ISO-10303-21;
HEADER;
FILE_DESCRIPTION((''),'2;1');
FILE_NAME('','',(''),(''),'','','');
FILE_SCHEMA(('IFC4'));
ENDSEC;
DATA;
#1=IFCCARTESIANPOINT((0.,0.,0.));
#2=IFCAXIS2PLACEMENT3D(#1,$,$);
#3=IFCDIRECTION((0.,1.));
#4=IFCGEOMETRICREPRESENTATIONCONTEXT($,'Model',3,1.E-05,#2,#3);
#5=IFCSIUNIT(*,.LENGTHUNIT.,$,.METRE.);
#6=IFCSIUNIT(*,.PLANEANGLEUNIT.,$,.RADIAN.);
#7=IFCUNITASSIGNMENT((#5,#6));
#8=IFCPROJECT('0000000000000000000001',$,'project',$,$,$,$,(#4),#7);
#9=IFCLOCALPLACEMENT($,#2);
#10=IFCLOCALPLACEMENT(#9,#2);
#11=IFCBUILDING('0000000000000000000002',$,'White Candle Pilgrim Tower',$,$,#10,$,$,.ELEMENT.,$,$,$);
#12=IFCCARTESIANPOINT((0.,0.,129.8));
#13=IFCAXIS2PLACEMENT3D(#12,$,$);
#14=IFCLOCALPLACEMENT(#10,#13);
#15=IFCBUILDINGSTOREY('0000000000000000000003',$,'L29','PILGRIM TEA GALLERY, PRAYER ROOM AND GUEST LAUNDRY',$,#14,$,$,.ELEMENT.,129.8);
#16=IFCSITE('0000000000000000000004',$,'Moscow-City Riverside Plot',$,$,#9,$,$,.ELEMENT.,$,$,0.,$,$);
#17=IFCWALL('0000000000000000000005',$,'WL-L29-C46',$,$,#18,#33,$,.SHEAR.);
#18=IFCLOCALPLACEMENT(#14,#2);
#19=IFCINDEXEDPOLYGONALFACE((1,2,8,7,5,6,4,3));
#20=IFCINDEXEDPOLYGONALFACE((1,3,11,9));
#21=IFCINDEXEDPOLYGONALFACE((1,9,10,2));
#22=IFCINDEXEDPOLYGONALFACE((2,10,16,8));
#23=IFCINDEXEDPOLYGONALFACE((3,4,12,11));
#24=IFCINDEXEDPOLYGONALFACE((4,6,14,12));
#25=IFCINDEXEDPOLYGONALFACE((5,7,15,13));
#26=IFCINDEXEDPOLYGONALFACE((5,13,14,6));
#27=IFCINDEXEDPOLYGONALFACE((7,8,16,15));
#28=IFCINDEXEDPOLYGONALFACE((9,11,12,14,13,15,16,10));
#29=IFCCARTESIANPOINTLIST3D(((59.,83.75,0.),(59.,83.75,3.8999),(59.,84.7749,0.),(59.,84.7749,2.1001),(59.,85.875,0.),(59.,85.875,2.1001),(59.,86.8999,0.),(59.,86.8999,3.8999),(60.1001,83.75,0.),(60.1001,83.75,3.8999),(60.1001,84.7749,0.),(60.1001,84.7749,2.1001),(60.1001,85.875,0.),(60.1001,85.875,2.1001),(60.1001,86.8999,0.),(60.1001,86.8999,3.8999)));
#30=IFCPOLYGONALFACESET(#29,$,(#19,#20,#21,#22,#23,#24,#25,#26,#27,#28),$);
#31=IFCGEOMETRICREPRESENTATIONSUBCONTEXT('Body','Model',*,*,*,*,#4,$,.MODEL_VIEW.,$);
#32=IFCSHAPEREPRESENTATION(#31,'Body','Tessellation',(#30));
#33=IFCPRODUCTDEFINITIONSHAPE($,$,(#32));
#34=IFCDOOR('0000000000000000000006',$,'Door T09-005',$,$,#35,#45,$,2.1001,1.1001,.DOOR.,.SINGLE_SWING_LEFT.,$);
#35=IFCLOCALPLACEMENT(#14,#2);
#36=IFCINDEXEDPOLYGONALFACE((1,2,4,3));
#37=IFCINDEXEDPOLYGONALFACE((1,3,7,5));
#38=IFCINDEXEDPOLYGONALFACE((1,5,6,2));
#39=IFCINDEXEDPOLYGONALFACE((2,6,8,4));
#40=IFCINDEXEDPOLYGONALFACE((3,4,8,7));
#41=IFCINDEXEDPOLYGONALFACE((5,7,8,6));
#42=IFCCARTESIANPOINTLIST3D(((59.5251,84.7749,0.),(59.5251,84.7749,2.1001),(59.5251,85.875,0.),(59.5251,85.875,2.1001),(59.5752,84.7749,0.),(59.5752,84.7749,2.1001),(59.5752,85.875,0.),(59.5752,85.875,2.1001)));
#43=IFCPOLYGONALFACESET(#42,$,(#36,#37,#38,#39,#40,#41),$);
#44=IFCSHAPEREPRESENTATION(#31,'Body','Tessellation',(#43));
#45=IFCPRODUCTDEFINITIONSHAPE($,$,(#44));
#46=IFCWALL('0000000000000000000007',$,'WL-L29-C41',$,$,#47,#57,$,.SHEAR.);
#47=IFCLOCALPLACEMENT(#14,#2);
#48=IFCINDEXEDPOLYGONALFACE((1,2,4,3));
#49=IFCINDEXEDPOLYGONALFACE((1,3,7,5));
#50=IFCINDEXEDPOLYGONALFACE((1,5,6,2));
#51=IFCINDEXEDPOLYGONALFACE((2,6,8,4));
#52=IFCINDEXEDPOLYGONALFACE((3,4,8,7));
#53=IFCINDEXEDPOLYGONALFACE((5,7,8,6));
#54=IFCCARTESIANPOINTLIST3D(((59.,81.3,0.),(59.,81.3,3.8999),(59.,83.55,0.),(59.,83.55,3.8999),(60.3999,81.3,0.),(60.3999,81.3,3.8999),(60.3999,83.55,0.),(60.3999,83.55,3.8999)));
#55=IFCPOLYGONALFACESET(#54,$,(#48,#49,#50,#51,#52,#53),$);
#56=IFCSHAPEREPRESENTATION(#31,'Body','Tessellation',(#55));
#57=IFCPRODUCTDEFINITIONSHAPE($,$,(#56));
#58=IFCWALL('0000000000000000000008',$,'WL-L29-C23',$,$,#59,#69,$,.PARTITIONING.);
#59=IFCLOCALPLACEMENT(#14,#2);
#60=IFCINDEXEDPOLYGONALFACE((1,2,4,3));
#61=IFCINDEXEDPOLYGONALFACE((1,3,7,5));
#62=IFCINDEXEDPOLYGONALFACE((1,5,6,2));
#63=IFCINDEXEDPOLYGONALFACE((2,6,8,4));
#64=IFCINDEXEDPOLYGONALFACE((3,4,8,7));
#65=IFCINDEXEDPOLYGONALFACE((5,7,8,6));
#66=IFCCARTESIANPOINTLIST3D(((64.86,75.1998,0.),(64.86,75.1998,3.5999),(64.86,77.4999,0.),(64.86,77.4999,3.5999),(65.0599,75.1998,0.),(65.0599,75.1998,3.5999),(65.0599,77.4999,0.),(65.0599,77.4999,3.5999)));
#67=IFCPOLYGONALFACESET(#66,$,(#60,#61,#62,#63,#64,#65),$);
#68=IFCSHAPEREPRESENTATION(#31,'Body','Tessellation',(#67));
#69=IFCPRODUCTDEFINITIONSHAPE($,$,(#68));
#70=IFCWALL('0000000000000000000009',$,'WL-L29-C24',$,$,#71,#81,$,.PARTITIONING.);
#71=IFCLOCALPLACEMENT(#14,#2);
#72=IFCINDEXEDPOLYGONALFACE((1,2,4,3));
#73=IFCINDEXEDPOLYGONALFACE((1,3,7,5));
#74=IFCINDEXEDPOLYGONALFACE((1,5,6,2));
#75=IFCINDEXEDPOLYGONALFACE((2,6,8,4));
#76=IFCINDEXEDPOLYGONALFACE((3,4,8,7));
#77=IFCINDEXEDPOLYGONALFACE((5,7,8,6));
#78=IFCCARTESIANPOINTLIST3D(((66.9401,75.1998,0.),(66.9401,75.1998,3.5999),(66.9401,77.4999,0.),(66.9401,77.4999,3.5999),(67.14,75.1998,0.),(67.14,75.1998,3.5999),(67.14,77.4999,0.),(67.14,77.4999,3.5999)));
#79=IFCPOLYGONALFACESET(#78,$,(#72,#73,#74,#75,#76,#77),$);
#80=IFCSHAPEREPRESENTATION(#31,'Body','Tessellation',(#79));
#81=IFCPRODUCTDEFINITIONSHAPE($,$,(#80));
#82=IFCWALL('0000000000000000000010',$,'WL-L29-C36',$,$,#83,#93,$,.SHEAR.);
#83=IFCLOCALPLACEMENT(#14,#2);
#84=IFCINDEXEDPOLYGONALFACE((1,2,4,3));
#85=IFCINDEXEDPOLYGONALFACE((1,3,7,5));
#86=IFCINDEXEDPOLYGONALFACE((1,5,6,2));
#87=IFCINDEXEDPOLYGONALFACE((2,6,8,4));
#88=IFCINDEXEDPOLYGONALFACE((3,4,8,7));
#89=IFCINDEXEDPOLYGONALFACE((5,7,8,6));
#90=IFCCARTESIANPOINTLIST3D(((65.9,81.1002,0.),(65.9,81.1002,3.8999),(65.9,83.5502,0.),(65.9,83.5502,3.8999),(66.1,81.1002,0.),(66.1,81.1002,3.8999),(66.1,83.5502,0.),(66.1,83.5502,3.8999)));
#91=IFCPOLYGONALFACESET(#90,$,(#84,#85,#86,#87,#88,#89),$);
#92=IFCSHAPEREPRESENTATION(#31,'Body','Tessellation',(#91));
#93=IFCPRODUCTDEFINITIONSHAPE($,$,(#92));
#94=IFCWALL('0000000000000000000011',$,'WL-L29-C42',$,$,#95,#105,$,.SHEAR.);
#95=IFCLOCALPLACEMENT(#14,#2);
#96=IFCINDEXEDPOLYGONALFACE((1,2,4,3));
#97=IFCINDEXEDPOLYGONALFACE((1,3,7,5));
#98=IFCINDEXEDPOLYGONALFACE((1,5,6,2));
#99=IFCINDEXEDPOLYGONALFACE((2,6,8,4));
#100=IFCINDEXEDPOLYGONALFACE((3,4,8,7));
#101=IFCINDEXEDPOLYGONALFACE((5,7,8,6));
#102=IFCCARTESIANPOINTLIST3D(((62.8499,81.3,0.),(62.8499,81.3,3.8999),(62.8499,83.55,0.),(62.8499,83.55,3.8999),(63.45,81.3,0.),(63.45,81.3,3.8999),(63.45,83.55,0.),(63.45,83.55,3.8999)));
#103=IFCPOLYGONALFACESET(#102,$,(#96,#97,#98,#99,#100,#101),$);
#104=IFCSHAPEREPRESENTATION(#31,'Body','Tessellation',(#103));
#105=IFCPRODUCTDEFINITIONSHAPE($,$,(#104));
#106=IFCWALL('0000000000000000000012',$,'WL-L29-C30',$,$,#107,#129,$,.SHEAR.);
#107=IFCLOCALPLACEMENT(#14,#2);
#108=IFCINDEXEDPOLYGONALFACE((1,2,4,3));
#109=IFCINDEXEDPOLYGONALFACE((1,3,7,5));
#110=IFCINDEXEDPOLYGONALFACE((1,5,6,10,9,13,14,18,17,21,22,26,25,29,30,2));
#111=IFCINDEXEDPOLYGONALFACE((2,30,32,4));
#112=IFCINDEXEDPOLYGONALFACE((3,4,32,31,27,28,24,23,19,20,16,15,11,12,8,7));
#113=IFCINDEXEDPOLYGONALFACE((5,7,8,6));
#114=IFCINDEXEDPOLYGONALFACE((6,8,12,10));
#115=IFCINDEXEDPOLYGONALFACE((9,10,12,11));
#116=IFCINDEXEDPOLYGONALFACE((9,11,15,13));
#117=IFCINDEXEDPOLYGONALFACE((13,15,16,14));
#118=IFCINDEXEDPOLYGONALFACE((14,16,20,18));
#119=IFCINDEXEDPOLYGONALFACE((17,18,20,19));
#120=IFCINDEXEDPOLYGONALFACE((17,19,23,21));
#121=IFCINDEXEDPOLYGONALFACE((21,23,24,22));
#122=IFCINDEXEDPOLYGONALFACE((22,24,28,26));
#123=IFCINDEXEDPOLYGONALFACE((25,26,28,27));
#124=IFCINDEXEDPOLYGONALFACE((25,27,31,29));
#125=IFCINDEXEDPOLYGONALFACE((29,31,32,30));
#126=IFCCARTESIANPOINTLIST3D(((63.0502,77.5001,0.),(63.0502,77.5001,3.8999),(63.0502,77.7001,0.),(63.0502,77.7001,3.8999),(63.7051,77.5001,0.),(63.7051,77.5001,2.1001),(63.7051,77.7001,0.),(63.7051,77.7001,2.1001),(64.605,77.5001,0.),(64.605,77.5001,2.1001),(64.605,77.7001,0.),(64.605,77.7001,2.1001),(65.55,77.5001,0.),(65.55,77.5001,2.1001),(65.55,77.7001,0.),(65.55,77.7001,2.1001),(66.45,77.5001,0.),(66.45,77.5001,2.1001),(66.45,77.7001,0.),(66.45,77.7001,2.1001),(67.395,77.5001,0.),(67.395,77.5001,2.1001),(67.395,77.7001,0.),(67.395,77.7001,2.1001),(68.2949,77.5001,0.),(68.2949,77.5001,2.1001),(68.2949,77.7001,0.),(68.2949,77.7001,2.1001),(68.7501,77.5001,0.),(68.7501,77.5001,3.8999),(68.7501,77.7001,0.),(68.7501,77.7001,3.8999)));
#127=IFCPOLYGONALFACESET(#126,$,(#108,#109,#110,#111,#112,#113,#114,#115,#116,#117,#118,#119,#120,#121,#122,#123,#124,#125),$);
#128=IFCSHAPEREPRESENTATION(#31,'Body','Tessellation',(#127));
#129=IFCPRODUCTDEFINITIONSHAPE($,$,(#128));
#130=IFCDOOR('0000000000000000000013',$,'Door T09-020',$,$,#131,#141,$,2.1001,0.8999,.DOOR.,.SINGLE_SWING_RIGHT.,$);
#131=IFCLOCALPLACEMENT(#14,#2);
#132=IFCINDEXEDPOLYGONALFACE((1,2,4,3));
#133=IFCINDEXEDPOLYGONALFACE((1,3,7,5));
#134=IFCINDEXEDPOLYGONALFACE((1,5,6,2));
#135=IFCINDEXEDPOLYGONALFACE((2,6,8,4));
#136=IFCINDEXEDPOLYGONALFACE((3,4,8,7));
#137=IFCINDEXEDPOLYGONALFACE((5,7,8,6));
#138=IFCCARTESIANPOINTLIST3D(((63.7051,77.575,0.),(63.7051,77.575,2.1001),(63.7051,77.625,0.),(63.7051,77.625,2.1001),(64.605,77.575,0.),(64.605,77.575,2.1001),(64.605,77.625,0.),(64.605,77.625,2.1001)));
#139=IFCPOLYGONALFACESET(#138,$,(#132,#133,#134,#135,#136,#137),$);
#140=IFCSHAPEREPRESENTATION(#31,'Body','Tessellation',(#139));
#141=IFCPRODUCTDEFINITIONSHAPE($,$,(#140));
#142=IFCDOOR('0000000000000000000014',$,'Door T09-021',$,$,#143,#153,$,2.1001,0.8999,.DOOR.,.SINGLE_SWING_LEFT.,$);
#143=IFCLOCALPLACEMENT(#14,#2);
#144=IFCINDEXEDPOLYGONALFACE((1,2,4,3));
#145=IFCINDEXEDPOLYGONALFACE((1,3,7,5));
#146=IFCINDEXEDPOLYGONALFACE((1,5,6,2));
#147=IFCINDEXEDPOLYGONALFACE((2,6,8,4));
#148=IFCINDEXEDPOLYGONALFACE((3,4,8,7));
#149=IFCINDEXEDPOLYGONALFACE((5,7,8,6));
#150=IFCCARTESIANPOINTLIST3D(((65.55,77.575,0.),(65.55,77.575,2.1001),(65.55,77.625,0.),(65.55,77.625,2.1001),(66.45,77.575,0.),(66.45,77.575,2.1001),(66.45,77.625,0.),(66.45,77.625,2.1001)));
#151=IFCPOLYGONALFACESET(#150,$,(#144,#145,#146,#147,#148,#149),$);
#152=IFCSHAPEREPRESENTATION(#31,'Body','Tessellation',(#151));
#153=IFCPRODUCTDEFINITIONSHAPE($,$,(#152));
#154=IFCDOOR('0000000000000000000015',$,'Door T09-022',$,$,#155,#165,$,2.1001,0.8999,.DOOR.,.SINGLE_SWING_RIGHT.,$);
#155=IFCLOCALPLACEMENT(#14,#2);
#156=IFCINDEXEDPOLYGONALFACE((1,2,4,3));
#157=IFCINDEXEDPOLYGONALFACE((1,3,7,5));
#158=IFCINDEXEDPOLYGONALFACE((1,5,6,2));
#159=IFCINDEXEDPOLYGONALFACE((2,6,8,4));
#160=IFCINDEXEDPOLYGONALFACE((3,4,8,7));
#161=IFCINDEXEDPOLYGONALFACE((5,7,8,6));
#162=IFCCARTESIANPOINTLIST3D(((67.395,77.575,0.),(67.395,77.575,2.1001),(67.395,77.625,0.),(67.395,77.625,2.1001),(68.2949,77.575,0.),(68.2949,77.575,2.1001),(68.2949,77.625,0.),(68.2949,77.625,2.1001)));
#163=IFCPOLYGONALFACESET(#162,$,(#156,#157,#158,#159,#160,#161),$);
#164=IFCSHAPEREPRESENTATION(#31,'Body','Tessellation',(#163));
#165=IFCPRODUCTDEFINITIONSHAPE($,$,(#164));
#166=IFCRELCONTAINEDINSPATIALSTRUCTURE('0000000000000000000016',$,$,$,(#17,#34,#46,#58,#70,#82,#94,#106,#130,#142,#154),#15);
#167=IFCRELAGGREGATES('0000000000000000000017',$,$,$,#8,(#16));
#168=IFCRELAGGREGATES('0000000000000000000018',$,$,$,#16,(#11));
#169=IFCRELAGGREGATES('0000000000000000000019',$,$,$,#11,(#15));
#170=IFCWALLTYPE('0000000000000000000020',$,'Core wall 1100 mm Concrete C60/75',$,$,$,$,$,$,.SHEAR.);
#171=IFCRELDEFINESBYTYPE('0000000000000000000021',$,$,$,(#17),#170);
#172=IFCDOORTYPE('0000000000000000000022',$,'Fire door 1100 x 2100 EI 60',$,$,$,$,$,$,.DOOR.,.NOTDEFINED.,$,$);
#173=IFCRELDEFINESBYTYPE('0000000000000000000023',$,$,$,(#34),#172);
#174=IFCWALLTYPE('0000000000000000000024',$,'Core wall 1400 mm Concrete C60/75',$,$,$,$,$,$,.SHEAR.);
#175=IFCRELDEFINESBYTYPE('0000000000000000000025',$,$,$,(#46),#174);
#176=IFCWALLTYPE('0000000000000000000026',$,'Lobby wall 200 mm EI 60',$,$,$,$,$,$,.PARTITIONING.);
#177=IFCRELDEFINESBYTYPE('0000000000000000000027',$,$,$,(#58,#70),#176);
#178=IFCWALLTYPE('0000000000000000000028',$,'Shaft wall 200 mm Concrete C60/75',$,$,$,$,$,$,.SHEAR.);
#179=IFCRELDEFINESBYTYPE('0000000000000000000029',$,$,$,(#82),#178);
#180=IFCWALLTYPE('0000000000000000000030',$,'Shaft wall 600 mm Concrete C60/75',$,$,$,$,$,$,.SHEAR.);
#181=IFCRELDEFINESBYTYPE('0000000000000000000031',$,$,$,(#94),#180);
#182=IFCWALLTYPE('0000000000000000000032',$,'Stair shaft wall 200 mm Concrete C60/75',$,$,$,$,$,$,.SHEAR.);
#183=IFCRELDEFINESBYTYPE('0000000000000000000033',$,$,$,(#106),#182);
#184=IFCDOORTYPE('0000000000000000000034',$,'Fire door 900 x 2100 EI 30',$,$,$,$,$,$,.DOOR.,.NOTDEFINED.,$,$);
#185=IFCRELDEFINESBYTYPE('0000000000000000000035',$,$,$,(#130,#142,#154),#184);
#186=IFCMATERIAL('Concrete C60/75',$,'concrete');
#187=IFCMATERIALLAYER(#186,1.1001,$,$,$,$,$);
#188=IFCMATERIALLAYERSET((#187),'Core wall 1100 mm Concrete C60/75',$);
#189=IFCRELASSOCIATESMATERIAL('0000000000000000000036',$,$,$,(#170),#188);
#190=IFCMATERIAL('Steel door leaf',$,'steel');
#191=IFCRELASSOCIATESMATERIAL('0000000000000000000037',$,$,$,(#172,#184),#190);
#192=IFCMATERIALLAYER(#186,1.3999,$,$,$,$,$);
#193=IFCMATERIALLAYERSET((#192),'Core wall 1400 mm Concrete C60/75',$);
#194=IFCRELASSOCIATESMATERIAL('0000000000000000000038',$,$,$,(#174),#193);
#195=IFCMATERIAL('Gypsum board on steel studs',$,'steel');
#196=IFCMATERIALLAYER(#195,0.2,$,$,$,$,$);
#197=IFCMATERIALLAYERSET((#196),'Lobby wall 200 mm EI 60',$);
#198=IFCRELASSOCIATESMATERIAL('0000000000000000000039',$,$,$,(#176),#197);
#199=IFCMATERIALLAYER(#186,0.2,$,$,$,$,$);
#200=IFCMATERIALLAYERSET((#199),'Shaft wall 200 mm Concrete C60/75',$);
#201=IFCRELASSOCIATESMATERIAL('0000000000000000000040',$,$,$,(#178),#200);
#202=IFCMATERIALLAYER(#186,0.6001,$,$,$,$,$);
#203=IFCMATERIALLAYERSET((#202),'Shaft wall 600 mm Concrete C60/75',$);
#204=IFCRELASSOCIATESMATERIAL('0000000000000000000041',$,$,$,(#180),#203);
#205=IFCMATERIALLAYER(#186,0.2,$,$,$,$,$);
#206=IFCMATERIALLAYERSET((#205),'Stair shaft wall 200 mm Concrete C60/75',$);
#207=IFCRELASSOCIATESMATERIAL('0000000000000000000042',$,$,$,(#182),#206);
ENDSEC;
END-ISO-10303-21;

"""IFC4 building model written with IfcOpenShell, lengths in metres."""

from ifc_helpers import new_model, si_unit, direction, frame, frame_2d, origin, place, context, subcontext, project, spatial, rectangle, extrude, material, layer, layer_set, type_object, element, fill, save


model = new_model("IFC4")

# Units and contexts
model_context = context("Model", 3, precision=1e-05, world=origin(), true_north=direction((0.0, 1.0)))
body_context = subcontext(model_context, "Body", "Model", "MODEL_VIEW")
ifc_project = project(units=[si_unit("LENGTHUNIT", "METRE"), si_unit("PLANEANGLEUNIT", "RADIAN")], contexts=[model_context])

# Site, building, storey
site_placement = place(None, origin())
site = spatial("IfcSite", under=ifc_project, at=site_placement, Name="Moscow-City Riverside Plot", CompositionType="ELEMENT", RefElevation=0.0)
building_placement = place(site_placement, origin())
building = spatial("IfcBuilding", under=site, at=building_placement, Name="White Candle Pilgrim Tower", CompositionType="ELEMENT")
storey_placement = place(building_placement, frame((0.0, 0.0, 129.8)))
storey = spatial("IfcBuildingStorey", under=building, at=storey_placement, Name="L29", Description="PILGRIM TEA GALLERY, PRAYER ROOM AND GUEST LAUNDRY", CompositionType="ELEMENT", Elevation=129.8)

# Wall, opening, door
ifc_material_1 = material(Name="Concrete C60/75", Category="concrete")
ifc_layer_1 = layer(ifc_material_1, 1.1001)
ifc_layer_set_1 = layer_set([ifc_layer_1], Name="Core wall 1100 mm Concrete C60/75")
wall_type_1 = type_object("IfcWallType", Name="Core wall 1100 mm Concrete C60/75", PredefinedType="SHEAR", material=ifc_layer_set_1)
wall_1_placement = place(storey_placement, frame((59.55, 83.75, 0.0), z_axis=(0.0, 0.0, 1.0), x_axis=(0.0, 1.0, 0.0)))
wall_1 = element("IfcWall", 1, at=wall_1_placement, inside=storey, type_object=wall_type_1, Name="WL-L29-C46", PredefinedType="SHEAR", context=body_context, shape_type="SweptSolid", body=[
    extrude(rectangle(XDim=3.1499, YDim=1.1001, at=frame_2d((1.575, 0.0))), origin(), (0.0, 0.0, 1.0), 3.8999),
])
opening_1_placement = place(wall_1_placement, frame((1.0249, 0.0, 0.0)))
opening_1 = element("IfcOpeningElement", 2, at=opening_1_placement, cuts=wall_1, PredefinedType="OPENING", context=body_context, shape_type="SweptSolid", body=[
    extrude(rectangle(XDim=1.1001, YDim=2.1001, at=frame_2d((0.55, 1.05))), frame((0.0, 0.5601, 0.0), z_axis=(0.0, -1.0, 0.0), x_axis=(1.0, 0.0, 0.0)), (0.0, 0.0, 1.0), 1.1201),
])
ifc_material_2 = material(Name="Steel door leaf", Category="steel")
door_type_1 = type_object("IfcDoorType", Name="Fire door 1100 x 2100 EI 60", OperationType="NOTDEFINED", PredefinedType="DOOR", material=ifc_material_2)
door_1_placement = place(opening_1_placement, origin())
door_1 = element("IfcDoor", 3, at=door_1_placement, inside=storey, type_object=door_type_1, Name="Door T09-005", OperationType="SINGLE_SWING_LEFT", OverallHeight=2.1001, OverallWidth=1.1001, PredefinedType="DOOR", context=body_context, shape_type="SweptSolid", body=[
    extrude(rectangle(XDim=1.1001, YDim=2.1001, at=frame_2d((0.55, 1.05))), frame((0.0, 0.0249, 0.0), z_axis=(0.0, -1.0, 0.0), x_axis=(1.0, 0.0, 0.0)), (0.0, 0.0, 1.0), 0.05),
])
fill(opening_1, door_1)

# Walls
ifc_layer_2 = layer(ifc_material_1, 1.3999)
ifc_layer_set_2 = layer_set([ifc_layer_2], Name="Core wall 1400 mm Concrete C60/75")
wall_type_2 = type_object("IfcWallType", Name="Core wall 1400 mm Concrete C60/75", PredefinedType="SHEAR", material=ifc_layer_set_2)
wall_2_placement = place(storey_placement, frame((59.7, 81.3, 0.0), z_axis=(0.0, 0.0, 1.0), x_axis=(0.0, 1.0, 0.0)))
element("IfcWall", 4, at=wall_2_placement, inside=storey, type_object=wall_type_2, Name="WL-L29-C41", PredefinedType="SHEAR", context=body_context, shape_type="SweptSolid", body=[
    extrude(rectangle(XDim=2.25, YDim=1.3999, at=frame_2d((1.125, 0.0))), origin(), (0.0, 0.0, 1.0), 3.8999),
])
ifc_material_3 = material(Name="Gypsum board on steel studs", Category="steel")
ifc_layer_3 = layer(ifc_material_3, 0.2)
ifc_layer_set_3 = layer_set([ifc_layer_3], Name="Lobby wall 200 mm EI 60")
wall_type_3 = type_object("IfcWallType", Name="Lobby wall 200 mm EI 60", PredefinedType="PARTITIONING", material=ifc_layer_set_3)
for number, where, z_axis, x_axis, name in (
    (5, (64.96, 75.2, 0.0), (0.0, 0.0, 1.0), (0.0, 1.0, 0.0), "WL-L29-C23"),
    (6, (67.04, 75.2, 0.0), (0.0, 0.0, 1.0), (0.0, 1.0, 0.0), "WL-L29-C24"),
):
    element("IfcWall", number, at=place(storey_placement, frame(where, z_axis=z_axis, x_axis=x_axis)), inside=storey, type_object=wall_type_3, Name=name, PredefinedType="PARTITIONING", context=body_context, shape_type="SweptSolid", body=[
        extrude(rectangle(XDim=2.3, YDim=0.2, at=frame_2d((1.1499, 0.0))), origin(), (0.0, 0.0, 1.0), 3.5999),
    ])
ifc_layer_4 = layer(ifc_material_1, 0.2)
ifc_layer_set_4 = layer_set([ifc_layer_4], Name="Shaft wall 200 mm Concrete C60/75")
wall_type_4 = type_object("IfcWallType", Name="Shaft wall 200 mm Concrete C60/75", PredefinedType="SHEAR", material=ifc_layer_set_4)
wall_3_placement = place(storey_placement, frame((66.0, 81.1001, 0.0), z_axis=(0.0, 0.0, 1.0), x_axis=(0.0, 1.0, 0.0)))
element("IfcWall", 7, at=wall_3_placement, inside=storey, type_object=wall_type_4, Name="WL-L29-C36", PredefinedType="SHEAR", context=body_context, shape_type="SweptSolid", body=[
    extrude(rectangle(XDim=2.45, YDim=0.2, at=frame_2d((1.2251, 0.0))), origin(), (0.0, 0.0, 1.0), 3.8999),
])
ifc_layer_5 = layer(ifc_material_1, 0.6001)
ifc_layer_set_5 = layer_set([ifc_layer_5], Name="Shaft wall 600 mm Concrete C60/75")
wall_type_5 = type_object("IfcWallType", Name="Shaft wall 600 mm Concrete C60/75", PredefinedType="SHEAR", material=ifc_layer_set_5)
wall_4_placement = place(storey_placement, frame((63.1499, 81.3, 0.0), z_axis=(0.0, 0.0, 1.0), x_axis=(0.0, 1.0, 0.0)))
element("IfcWall", 8, at=wall_4_placement, inside=storey, type_object=wall_type_5, Name="WL-L29-C42", PredefinedType="SHEAR", context=body_context, shape_type="SweptSolid", body=[
    extrude(rectangle(XDim=2.25, YDim=0.6001, at=frame_2d((1.125, 0.0))), origin(), (0.0, 0.0, 1.0), 3.8999),
])

# Wall, openings, doors
ifc_layer_6 = layer(ifc_material_1, 0.2)
ifc_layer_set_6 = layer_set([ifc_layer_6], Name="Stair shaft wall 200 mm Concrete C60/75")
wall_type_6 = type_object("IfcWallType", Name="Stair shaft wall 200 mm Concrete C60/75", PredefinedType="SHEAR", material=ifc_layer_set_6)
wall_5_placement = place(storey_placement, frame((63.05, 77.6001, 0.0), z_axis=(0.0, 0.0, 1.0), x_axis=(1.0, 0.0, 0.0)))
wall_5 = element("IfcWall", 9, at=wall_5_placement, inside=storey, type_object=wall_type_6, Name="WL-L29-C30", PredefinedType="SHEAR", context=body_context, shape_type="SweptSolid", body=[
    extrude(rectangle(XDim=5.7, YDim=0.2, at=frame_2d((2.8501, 0.0))), origin(), (0.0, 0.0, 1.0), 3.8999),
])
opening_2_placement = place(wall_5_placement, frame((0.655, 0.0, 0.0)))
opening_2 = element("IfcOpeningElement", 10, at=opening_2_placement, cuts=wall_5, PredefinedType="OPENING", context=body_context, shape_type="SweptSolid", body=[
    extrude(rectangle(XDim=0.8999, YDim=2.1001, at=frame_2d((0.45, 1.05))), frame((0.0, 0.1099, 0.0), z_axis=(0.0, -1.0, 0.0), x_axis=(1.0, 0.0, 0.0)), (0.0, 0.0, 1.0), 0.22),
])
opening_3_placement = place(wall_5_placement, frame((2.5, 0.0, 0.0)))
opening_3 = element("IfcOpeningElement", 11, at=opening_3_placement, cuts=wall_5, PredefinedType="OPENING", context=body_context, shape_type="SweptSolid", body=[
    extrude(rectangle(XDim=0.8999, YDim=2.1001, at=frame_2d((0.45, 1.05))), frame((0.0, 0.1099, 0.0), z_axis=(0.0, -1.0, 0.0), x_axis=(1.0, 0.0, 0.0)), (0.0, 0.0, 1.0), 0.22),
])
opening_4_placement = place(wall_5_placement, frame((4.345, 0.0, 0.0)))
opening_4 = element("IfcOpeningElement", 12, at=opening_4_placement, cuts=wall_5, PredefinedType="OPENING", context=body_context, shape_type="SweptSolid", body=[
    extrude(rectangle(XDim=0.8999, YDim=2.1001, at=frame_2d((0.45, 1.05))), frame((0.0, 0.1099, 0.0), z_axis=(0.0, -1.0, 0.0), x_axis=(1.0, 0.0, 0.0)), (0.0, 0.0, 1.0), 0.22),
])
door_type_2 = type_object("IfcDoorType", Name="Fire door 900 x 2100 EI 30", OperationType="NOTDEFINED", PredefinedType="DOOR", material=ifc_material_2)
door_2_placement = place(opening_2_placement, origin())
door_2 = element("IfcDoor", 13, at=door_2_placement, inside=storey, type_object=door_type_2, Name="Door T09-020", OperationType="SINGLE_SWING_RIGHT", OverallHeight=2.1001, OverallWidth=0.8999, PredefinedType="DOOR", context=body_context, shape_type="SweptSolid", body=[
    extrude(rectangle(XDim=0.8999, YDim=2.1001, at=frame_2d((0.45, 1.05))), frame((0.0, 0.0249, 0.0), z_axis=(0.0, -1.0, 0.0), x_axis=(1.0, 0.0, 0.0)), (0.0, 0.0, 1.0), 0.05),
])
fill(opening_2, door_2)
door_3_placement = place(opening_3_placement, origin())
door_3 = element("IfcDoor", 14, at=door_3_placement, inside=storey, type_object=door_type_2, Name="Door T09-021", OperationType="SINGLE_SWING_LEFT", OverallHeight=2.1001, OverallWidth=0.8999, PredefinedType="DOOR", context=body_context, shape_type="SweptSolid", body=[
    extrude(rectangle(XDim=0.8999, YDim=2.1001, at=frame_2d((0.45, 1.05))), frame((0.0, 0.0249, 0.0), z_axis=(0.0, -1.0, 0.0), x_axis=(1.0, 0.0, 0.0)), (0.0, 0.0, 1.0), 0.05),
])
fill(opening_3, door_3)
door_4_placement = place(opening_4_placement, origin())
door_4 = element("IfcDoor", 15, at=door_4_placement, inside=storey, type_object=door_type_2, Name="Door T09-022", OperationType="SINGLE_SWING_RIGHT", OverallHeight=2.1001, OverallWidth=0.8999, PredefinedType="DOOR", context=body_context, shape_type="SweptSolid", body=[
    extrude(rectangle(XDim=0.8999, YDim=2.1001, at=frame_2d((0.45, 1.05))), frame((0.0, 0.0249, 0.0), z_axis=(0.0, -1.0, 0.0), x_axis=(1.0, 0.0, 0.0)), (0.0, 0.0, 1.0), 0.05),
])
fill(opening_4, door_4)

save(model, "model.ifc")
